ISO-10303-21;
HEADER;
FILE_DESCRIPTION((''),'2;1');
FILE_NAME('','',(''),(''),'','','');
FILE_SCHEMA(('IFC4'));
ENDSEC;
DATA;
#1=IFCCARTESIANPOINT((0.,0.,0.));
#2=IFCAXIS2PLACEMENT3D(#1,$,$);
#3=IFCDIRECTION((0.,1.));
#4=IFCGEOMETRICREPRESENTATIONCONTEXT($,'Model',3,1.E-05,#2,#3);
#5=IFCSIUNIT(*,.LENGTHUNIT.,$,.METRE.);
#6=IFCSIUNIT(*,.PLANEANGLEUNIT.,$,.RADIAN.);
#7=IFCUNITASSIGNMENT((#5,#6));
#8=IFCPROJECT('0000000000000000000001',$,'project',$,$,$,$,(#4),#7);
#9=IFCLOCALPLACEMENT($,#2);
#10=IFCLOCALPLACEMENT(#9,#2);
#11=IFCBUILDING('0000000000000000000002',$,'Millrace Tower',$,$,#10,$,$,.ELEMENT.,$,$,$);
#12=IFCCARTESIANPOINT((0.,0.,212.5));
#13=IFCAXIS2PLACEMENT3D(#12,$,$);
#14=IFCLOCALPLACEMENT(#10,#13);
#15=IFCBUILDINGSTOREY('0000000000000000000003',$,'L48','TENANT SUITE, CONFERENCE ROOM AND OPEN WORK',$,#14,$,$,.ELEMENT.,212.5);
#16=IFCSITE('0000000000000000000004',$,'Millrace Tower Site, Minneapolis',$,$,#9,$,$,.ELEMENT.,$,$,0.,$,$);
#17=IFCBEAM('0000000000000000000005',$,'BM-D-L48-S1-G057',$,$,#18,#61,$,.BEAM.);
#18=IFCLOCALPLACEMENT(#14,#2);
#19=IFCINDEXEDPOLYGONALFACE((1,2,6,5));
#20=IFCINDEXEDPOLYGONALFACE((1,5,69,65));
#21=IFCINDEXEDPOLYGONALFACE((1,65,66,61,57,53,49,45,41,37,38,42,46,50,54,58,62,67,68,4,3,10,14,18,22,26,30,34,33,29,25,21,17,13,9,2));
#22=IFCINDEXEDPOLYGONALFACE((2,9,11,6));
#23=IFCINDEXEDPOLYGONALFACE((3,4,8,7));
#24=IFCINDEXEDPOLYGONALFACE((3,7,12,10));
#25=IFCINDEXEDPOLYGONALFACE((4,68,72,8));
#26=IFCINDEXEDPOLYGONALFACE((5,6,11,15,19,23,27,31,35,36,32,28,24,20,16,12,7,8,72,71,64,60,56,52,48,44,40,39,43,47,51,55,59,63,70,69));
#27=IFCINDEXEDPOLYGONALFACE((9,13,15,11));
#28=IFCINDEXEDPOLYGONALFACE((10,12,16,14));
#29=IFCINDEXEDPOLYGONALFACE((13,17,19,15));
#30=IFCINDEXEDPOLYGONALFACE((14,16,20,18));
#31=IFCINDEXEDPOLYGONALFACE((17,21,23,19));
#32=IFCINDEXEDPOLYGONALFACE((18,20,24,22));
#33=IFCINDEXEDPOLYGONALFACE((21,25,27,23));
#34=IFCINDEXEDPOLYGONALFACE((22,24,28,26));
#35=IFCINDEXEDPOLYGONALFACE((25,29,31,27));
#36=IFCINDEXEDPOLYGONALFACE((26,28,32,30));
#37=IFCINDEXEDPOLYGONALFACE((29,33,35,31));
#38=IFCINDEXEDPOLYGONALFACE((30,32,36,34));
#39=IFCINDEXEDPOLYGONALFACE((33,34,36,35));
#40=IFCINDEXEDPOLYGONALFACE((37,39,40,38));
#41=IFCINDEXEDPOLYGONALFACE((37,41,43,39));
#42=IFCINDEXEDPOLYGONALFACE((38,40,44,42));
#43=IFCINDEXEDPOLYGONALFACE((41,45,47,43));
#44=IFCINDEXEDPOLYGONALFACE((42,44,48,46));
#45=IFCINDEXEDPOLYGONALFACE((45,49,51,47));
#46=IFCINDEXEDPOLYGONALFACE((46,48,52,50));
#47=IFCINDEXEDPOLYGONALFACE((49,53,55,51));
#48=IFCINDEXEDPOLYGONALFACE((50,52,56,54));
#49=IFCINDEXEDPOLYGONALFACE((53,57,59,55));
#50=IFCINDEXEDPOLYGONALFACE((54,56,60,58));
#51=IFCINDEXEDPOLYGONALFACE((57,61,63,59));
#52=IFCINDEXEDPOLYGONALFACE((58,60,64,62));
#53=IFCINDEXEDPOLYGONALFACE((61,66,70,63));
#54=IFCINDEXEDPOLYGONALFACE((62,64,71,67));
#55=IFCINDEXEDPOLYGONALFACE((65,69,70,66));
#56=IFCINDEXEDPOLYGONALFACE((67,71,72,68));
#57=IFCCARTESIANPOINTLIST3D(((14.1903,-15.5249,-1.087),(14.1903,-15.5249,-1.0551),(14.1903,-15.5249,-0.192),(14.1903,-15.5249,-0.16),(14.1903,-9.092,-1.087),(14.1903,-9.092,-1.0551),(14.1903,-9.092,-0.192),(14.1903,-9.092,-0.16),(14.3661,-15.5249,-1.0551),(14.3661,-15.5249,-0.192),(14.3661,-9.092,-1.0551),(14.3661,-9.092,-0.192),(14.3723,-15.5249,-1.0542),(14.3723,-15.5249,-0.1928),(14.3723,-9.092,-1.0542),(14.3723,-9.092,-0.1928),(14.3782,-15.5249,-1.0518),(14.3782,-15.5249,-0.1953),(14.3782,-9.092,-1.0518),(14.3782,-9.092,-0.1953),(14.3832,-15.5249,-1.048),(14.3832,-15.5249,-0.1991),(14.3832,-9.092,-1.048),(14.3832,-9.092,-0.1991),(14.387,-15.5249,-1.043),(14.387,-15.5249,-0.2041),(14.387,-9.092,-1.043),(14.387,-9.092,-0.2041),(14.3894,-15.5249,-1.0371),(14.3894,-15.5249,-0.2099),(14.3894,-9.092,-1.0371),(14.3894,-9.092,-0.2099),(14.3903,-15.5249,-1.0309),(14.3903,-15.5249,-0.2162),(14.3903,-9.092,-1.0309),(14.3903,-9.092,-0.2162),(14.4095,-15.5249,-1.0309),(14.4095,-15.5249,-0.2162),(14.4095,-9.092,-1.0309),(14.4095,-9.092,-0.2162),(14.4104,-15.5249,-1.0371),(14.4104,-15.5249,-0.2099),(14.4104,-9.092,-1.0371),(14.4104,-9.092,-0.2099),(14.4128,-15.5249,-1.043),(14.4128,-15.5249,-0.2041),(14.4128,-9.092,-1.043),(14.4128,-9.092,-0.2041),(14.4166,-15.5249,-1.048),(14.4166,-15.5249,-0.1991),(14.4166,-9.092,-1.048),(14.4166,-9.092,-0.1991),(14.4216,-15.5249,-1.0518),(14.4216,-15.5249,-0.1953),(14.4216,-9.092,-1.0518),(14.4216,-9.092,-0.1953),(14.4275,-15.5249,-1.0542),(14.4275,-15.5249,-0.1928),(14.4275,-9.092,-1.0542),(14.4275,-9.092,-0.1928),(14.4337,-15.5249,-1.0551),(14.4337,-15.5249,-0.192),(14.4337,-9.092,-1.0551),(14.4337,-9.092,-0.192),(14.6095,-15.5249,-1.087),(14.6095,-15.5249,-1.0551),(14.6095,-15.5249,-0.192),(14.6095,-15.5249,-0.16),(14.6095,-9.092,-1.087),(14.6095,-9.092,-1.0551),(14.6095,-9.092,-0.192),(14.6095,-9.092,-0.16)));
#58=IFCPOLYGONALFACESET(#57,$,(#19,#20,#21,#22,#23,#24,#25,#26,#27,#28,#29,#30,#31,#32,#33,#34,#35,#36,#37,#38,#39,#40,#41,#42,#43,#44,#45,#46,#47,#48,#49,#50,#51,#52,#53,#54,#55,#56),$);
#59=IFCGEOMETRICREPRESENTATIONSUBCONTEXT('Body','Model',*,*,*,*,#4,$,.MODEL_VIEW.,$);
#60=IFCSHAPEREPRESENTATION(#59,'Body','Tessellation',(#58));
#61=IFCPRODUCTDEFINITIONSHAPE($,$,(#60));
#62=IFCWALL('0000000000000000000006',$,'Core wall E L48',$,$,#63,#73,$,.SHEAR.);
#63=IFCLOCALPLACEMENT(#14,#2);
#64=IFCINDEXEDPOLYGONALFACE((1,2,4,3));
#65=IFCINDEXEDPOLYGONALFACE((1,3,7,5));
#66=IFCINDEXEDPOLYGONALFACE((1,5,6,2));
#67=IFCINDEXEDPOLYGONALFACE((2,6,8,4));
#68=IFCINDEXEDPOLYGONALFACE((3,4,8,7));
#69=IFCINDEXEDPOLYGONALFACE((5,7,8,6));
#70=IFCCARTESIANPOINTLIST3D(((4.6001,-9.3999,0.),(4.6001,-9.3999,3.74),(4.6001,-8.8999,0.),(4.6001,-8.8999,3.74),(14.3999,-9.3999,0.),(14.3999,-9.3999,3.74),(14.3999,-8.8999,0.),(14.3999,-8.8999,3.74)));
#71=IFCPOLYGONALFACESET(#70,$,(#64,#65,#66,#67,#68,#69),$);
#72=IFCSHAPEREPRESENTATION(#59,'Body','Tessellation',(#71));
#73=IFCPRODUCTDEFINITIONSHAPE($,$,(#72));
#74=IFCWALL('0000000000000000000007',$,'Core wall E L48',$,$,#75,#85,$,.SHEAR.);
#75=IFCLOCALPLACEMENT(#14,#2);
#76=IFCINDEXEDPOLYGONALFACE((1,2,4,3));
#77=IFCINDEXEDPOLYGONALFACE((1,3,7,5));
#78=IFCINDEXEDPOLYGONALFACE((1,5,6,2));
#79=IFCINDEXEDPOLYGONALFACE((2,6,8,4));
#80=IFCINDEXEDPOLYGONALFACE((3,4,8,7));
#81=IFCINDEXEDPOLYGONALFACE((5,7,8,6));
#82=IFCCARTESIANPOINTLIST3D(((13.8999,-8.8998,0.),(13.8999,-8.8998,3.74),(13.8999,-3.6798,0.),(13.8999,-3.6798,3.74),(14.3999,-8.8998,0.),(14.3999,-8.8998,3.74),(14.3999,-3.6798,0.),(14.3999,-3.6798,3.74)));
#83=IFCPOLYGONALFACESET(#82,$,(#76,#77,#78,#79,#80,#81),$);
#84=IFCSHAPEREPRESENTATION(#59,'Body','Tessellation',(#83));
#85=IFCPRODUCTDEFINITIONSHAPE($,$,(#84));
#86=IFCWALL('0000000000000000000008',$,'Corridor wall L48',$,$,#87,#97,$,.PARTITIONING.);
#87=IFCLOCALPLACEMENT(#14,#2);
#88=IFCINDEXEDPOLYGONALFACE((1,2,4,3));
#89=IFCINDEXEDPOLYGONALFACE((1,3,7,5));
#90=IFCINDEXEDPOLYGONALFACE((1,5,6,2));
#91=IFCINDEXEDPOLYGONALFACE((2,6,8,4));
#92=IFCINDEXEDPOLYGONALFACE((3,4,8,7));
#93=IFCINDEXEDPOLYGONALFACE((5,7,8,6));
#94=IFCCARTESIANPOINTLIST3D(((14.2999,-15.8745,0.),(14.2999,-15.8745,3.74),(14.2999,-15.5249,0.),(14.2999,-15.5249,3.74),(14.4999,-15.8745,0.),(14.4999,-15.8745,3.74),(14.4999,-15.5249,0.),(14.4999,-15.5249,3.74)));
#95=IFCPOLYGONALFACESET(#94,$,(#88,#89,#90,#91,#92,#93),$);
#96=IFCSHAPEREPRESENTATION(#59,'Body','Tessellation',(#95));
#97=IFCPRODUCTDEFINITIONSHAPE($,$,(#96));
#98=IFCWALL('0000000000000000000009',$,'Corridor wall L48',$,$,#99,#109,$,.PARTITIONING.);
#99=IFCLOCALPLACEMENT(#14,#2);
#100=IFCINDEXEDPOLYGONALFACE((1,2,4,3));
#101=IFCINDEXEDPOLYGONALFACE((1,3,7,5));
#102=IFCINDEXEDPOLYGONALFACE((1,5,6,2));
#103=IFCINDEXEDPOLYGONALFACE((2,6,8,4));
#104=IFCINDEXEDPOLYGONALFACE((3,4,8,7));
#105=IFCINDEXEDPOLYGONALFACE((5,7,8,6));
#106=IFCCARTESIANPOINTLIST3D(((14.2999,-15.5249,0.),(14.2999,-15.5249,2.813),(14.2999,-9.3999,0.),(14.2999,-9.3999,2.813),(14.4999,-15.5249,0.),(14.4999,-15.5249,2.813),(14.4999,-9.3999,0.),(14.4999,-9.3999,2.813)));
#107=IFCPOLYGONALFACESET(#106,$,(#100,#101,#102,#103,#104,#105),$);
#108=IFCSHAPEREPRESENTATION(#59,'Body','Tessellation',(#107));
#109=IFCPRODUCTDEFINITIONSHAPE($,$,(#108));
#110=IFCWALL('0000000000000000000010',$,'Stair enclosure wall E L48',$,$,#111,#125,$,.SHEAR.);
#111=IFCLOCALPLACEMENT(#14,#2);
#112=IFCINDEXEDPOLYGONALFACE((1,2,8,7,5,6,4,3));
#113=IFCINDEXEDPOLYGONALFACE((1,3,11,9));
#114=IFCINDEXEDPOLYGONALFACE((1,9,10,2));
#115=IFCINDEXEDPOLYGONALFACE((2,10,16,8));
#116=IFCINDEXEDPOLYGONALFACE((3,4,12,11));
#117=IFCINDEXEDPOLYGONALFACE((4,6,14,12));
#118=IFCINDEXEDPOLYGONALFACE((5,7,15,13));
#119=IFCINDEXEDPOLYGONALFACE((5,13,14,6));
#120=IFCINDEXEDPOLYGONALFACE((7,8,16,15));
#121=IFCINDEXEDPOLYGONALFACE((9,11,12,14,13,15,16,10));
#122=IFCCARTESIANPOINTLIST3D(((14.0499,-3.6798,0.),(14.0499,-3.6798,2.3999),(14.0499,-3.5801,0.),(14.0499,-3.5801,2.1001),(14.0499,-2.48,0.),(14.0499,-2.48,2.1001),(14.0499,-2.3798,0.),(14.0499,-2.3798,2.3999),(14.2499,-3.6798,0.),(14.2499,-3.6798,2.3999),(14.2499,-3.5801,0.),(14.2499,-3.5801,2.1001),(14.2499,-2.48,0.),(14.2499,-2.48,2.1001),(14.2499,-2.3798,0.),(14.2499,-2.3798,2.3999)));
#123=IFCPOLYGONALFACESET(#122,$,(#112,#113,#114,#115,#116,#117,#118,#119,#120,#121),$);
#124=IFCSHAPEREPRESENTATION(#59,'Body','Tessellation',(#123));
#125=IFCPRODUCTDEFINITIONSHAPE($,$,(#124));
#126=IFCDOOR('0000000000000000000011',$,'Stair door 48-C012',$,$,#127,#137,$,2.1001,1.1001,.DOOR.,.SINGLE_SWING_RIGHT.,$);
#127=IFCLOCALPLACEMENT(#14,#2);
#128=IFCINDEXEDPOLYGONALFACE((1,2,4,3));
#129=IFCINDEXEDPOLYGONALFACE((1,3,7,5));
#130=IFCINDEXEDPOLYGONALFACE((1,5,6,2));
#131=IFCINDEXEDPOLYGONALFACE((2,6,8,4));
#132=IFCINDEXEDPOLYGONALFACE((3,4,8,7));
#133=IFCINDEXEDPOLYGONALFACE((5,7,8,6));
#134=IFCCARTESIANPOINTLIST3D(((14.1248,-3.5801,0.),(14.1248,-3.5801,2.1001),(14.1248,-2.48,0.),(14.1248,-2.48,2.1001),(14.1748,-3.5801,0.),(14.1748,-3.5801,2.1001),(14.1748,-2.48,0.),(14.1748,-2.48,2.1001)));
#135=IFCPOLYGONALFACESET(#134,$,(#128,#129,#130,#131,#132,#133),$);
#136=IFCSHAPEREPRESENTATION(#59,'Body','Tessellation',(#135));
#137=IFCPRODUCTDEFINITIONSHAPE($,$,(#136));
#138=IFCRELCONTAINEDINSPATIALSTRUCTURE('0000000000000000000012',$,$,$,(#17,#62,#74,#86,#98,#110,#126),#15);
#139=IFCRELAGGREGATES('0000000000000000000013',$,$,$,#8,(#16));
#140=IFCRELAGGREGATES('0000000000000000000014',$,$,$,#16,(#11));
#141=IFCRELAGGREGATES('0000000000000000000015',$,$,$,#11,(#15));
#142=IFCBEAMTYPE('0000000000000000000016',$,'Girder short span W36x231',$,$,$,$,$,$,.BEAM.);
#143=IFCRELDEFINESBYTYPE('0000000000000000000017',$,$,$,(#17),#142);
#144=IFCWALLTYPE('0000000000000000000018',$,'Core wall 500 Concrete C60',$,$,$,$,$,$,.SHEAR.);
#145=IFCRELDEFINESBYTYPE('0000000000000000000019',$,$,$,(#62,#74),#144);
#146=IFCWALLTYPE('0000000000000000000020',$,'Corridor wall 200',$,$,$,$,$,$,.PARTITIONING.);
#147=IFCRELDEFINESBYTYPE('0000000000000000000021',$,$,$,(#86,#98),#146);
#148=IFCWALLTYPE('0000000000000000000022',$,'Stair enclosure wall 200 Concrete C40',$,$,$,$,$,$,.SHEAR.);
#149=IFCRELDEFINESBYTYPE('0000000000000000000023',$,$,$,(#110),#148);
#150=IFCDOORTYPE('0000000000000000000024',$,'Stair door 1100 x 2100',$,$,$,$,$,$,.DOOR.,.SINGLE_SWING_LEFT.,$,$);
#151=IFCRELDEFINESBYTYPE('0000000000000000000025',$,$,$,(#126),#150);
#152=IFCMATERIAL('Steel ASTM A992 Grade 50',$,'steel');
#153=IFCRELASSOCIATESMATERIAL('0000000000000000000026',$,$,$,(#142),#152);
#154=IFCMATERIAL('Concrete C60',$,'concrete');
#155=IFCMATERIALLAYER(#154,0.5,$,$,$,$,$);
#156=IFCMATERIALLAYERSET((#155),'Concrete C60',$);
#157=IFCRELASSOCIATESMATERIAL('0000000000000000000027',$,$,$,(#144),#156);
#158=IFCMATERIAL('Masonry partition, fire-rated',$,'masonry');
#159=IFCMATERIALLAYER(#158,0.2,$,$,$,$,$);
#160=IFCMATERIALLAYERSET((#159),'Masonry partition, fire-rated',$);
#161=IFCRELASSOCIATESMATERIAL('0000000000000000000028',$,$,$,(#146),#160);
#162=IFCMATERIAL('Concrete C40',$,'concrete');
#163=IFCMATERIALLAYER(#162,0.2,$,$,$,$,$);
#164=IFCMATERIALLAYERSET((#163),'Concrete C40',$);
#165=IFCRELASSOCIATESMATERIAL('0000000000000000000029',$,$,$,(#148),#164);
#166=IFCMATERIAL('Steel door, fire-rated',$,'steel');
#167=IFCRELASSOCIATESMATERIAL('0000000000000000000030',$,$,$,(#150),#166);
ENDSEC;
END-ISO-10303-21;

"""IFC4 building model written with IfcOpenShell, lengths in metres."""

from ifc_helpers import new_model, si_unit, direction, frame, frame_2d, origin, origin_2d, place, context, subcontext, project, spatial, rectangle, i_section, extrude, material, layer, layer_set, material_profile, profile_set, type_object, element, fill, save


model = new_model("IFC4")

# Units and contexts
model_context = context("Model", 3, precision=1e-05, world=origin(), true_north=direction((0.0, 1.0)))
body_context = subcontext(model_context, "Body", "Model", "MODEL_VIEW")
ifc_project = project(units=[si_unit("LENGTHUNIT", "METRE"), si_unit("PLANEANGLEUNIT", "RADIAN")], contexts=[model_context])

# Site, building, storey
site_placement = place(None, origin())
site = spatial("IfcSite", under=ifc_project, at=site_placement, Name="Millrace Tower Site, Minneapolis", CompositionType="ELEMENT", RefElevation=0.0)
building_placement = place(site_placement, origin())
building = spatial("IfcBuilding", under=site, at=building_placement, Name="Millrace Tower", CompositionType="ELEMENT")
storey_placement = place(building_placement, frame((0.0, 0.0, 212.5)))
storey = spatial("IfcBuildingStorey", under=building, at=storey_placement, Name="L48", Description="TENANT SUITE, CONFERENCE ROOM AND OPEN WORK", CompositionType="ELEMENT", Elevation=212.5)

# Beam
ifc_material_1 = material(Name="Steel ASTM A992 Grade 50", Category="steel")
ifc_material_profile_1 = material_profile(ifc_material_1, i_section(OverallWidth=0.4192, OverallDepth=0.927, WebThickness=0.0193, FlangeThickness=0.032, FilletRadius=0.0242, at=origin_2d()))
ifc_profile_set_1 = profile_set([ifc_material_profile_1], Name="Steel ASTM A992 Grade 50")
beam_type_1 = type_object("IfcBeamType", Name="Girder short span W36x231", PredefinedType="BEAM", material=ifc_profile_set_1)
beam_1_placement = place(storey_placement, frame((14.3999, -15.5249, -0.6235), z_axis=(0.0, 1.0, 0.0), x_axis=(-1.0, 0.0, 0.0)))
element("IfcBeam", 1, at=beam_1_placement, inside=storey, type_object=beam_type_1, Name="BM-D-L48-S1-G057", PredefinedType="BEAM", context=body_context, shape_type="SweptSolid", body=[
    extrude(i_section(OverallWidth=0.4192, OverallDepth=0.927, WebThickness=0.0193, FlangeThickness=0.032, FilletRadius=0.0242, at=origin_2d()), origin(), (0.0, 0.0, 1.0), 6.4329),
])

# Walls
ifc_material_2 = material(Name="Concrete C60", Category="concrete")
ifc_layer_1 = layer(ifc_material_2, 0.5)
ifc_layer_set_1 = layer_set([ifc_layer_1], Name="Concrete C60")
wall_type_1 = type_object("IfcWallType", Name="Core wall 500 Concrete C60", PredefinedType="SHEAR", material=ifc_layer_set_1)
wall_1_placement = place(storey_placement, frame((14.3999, -9.1499, 0.0), z_axis=(0.0, 0.0, 1.0), x_axis=(-1.0, 0.0, 0.0)))
element("IfcWall", 2, at=wall_1_placement, inside=storey, type_object=wall_type_1, Name="Core wall E L48", PredefinedType="SHEAR", context=body_context, shape_type="SweptSolid", body=[
    extrude(rectangle(XDim=9.7998, YDim=0.5, at=frame_2d((4.8999, 0.0))), origin(), (0.0, 0.0, 1.0), 3.74),
])
wall_2_placement = place(storey_placement, frame((14.1499, -3.6799, 0.0), z_axis=(0.0, 0.0, 1.0), x_axis=(0.0, -1.0, 0.0)))
element("IfcWall", 3, at=wall_2_placement, inside=storey, type_object=wall_type_1, Name="Core wall E L48", PredefinedType="SHEAR", context=body_context, shape_type="SweptSolid", body=[
    extrude(rectangle(XDim=5.22, YDim=0.5, at=frame_2d((2.6099, 0.0))), origin(), (0.0, 0.0, 1.0), 3.74),
])
ifc_material_3 = material(Name="Masonry partition, fire-rated", Category="masonry")
ifc_layer_2 = layer(ifc_material_3, 0.2)
ifc_layer_set_2 = layer_set([ifc_layer_2], Name="Masonry partition, fire-rated")
wall_type_2 = type_object("IfcWallType", Name="Corridor wall 200", PredefinedType="PARTITIONING", material=ifc_layer_set_2)
wall_3_placement = place(storey_placement, frame((14.3999, -15.8745, 0.0), z_axis=(0.0, 0.0, 1.0), x_axis=(0.0, 1.0, 0.0)))
element("IfcWall", 4, at=wall_3_placement, inside=storey, type_object=wall_type_2, Name="Corridor wall L48", PredefinedType="PARTITIONING", context=body_context, shape_type="SweptSolid", body=[
    extrude(rectangle(XDim=0.3496, YDim=0.2, at=frame_2d((0.1748, 0.0))), origin(), (0.0, 0.0, 1.0), 3.74),
])
wall_4_placement = place(storey_placement, frame((14.3999, -15.5249, 0.0), z_axis=(0.0, 0.0, 1.0), x_axis=(0.0, 1.0, 0.0)))
element("IfcWall", 5, at=wall_4_placement, inside=storey, type_object=wall_type_2, Name="Corridor wall L48", PredefinedType="PARTITIONING", context=body_context, shape_type="SweptSolid", body=[
    extrude(rectangle(XDim=6.125, YDim=0.2, at=frame_2d((3.0625, 0.0))), origin(), (0.0, 0.0, 1.0), 2.813),
])

# Wall, opening, door
ifc_material_4 = material(Name="Concrete C40", Category="concrete")
ifc_layer_3 = layer(ifc_material_4, 0.2)
ifc_layer_set_3 = layer_set([ifc_layer_3], Name="Concrete C40")
wall_type_3 = type_object("IfcWallType", Name="Stair enclosure wall 200 Concrete C40", PredefinedType="SHEAR", material=ifc_layer_set_3)
wall_5_placement = place(storey_placement, frame((14.1499, -2.3799, 0.0), z_axis=(0.0, 0.0, 1.0), x_axis=(0.0, -1.0, 0.0)))
wall_5 = element("IfcWall", 6, at=wall_5_placement, inside=storey, type_object=wall_type_3, Name="Stair enclosure wall E L48", PredefinedType="SHEAR", context=body_context, shape_type="SweptSolid", body=[
    extrude(rectangle(XDim=1.3, YDim=0.2, at=frame_2d((0.6499, 0.0))), origin(), (0.0, 0.0, 1.0), 2.3999),
])
opening_1_placement = place(wall_5_placement, frame((0.1001, 0.0, 0.0)))
opening_1 = element("IfcOpeningElement", 7, at=opening_1_placement, cuts=wall_5, PredefinedType="OPENING", context=body_context, shape_type="SweptSolid", body=[
    extrude(rectangle(XDim=1.1001, YDim=2.1001, at=frame_2d((0.55, 1.05))), frame((0.0, 0.1099, 0.0), z_axis=(0.0, -1.0, 0.0), x_axis=(1.0, 0.0, 0.0)), (0.0, 0.0, 1.0), 0.22),
])
ifc_material_5 = material(Name="Steel door, fire-rated", Category="steel")
door_type_1 = type_object("IfcDoorType", Name="Stair door 1100 x 2100", OperationType="SINGLE_SWING_LEFT", PredefinedType="DOOR", material=ifc_material_5)
door_1_placement = place(opening_1_placement, origin())
door_1 = element("IfcDoor", 8, at=door_1_placement, inside=storey, type_object=door_type_1, Name="Stair door 48-C012", OperationType="SINGLE_SWING_RIGHT", OverallHeight=2.1001, OverallWidth=1.1001, PredefinedType="DOOR", context=body_context, shape_type="SweptSolid", body=[
    extrude(rectangle(XDim=1.1001, YDim=2.1001, at=frame_2d((0.55, 1.05))), frame((0.0, 0.0249, 0.0), z_axis=(0.0, -1.0, 0.0), x_axis=(1.0, 0.0, 0.0)), (0.0, 0.0, 1.0), 0.05),
])
fill(opening_1, door_1)

save(model, "model.ifc")
